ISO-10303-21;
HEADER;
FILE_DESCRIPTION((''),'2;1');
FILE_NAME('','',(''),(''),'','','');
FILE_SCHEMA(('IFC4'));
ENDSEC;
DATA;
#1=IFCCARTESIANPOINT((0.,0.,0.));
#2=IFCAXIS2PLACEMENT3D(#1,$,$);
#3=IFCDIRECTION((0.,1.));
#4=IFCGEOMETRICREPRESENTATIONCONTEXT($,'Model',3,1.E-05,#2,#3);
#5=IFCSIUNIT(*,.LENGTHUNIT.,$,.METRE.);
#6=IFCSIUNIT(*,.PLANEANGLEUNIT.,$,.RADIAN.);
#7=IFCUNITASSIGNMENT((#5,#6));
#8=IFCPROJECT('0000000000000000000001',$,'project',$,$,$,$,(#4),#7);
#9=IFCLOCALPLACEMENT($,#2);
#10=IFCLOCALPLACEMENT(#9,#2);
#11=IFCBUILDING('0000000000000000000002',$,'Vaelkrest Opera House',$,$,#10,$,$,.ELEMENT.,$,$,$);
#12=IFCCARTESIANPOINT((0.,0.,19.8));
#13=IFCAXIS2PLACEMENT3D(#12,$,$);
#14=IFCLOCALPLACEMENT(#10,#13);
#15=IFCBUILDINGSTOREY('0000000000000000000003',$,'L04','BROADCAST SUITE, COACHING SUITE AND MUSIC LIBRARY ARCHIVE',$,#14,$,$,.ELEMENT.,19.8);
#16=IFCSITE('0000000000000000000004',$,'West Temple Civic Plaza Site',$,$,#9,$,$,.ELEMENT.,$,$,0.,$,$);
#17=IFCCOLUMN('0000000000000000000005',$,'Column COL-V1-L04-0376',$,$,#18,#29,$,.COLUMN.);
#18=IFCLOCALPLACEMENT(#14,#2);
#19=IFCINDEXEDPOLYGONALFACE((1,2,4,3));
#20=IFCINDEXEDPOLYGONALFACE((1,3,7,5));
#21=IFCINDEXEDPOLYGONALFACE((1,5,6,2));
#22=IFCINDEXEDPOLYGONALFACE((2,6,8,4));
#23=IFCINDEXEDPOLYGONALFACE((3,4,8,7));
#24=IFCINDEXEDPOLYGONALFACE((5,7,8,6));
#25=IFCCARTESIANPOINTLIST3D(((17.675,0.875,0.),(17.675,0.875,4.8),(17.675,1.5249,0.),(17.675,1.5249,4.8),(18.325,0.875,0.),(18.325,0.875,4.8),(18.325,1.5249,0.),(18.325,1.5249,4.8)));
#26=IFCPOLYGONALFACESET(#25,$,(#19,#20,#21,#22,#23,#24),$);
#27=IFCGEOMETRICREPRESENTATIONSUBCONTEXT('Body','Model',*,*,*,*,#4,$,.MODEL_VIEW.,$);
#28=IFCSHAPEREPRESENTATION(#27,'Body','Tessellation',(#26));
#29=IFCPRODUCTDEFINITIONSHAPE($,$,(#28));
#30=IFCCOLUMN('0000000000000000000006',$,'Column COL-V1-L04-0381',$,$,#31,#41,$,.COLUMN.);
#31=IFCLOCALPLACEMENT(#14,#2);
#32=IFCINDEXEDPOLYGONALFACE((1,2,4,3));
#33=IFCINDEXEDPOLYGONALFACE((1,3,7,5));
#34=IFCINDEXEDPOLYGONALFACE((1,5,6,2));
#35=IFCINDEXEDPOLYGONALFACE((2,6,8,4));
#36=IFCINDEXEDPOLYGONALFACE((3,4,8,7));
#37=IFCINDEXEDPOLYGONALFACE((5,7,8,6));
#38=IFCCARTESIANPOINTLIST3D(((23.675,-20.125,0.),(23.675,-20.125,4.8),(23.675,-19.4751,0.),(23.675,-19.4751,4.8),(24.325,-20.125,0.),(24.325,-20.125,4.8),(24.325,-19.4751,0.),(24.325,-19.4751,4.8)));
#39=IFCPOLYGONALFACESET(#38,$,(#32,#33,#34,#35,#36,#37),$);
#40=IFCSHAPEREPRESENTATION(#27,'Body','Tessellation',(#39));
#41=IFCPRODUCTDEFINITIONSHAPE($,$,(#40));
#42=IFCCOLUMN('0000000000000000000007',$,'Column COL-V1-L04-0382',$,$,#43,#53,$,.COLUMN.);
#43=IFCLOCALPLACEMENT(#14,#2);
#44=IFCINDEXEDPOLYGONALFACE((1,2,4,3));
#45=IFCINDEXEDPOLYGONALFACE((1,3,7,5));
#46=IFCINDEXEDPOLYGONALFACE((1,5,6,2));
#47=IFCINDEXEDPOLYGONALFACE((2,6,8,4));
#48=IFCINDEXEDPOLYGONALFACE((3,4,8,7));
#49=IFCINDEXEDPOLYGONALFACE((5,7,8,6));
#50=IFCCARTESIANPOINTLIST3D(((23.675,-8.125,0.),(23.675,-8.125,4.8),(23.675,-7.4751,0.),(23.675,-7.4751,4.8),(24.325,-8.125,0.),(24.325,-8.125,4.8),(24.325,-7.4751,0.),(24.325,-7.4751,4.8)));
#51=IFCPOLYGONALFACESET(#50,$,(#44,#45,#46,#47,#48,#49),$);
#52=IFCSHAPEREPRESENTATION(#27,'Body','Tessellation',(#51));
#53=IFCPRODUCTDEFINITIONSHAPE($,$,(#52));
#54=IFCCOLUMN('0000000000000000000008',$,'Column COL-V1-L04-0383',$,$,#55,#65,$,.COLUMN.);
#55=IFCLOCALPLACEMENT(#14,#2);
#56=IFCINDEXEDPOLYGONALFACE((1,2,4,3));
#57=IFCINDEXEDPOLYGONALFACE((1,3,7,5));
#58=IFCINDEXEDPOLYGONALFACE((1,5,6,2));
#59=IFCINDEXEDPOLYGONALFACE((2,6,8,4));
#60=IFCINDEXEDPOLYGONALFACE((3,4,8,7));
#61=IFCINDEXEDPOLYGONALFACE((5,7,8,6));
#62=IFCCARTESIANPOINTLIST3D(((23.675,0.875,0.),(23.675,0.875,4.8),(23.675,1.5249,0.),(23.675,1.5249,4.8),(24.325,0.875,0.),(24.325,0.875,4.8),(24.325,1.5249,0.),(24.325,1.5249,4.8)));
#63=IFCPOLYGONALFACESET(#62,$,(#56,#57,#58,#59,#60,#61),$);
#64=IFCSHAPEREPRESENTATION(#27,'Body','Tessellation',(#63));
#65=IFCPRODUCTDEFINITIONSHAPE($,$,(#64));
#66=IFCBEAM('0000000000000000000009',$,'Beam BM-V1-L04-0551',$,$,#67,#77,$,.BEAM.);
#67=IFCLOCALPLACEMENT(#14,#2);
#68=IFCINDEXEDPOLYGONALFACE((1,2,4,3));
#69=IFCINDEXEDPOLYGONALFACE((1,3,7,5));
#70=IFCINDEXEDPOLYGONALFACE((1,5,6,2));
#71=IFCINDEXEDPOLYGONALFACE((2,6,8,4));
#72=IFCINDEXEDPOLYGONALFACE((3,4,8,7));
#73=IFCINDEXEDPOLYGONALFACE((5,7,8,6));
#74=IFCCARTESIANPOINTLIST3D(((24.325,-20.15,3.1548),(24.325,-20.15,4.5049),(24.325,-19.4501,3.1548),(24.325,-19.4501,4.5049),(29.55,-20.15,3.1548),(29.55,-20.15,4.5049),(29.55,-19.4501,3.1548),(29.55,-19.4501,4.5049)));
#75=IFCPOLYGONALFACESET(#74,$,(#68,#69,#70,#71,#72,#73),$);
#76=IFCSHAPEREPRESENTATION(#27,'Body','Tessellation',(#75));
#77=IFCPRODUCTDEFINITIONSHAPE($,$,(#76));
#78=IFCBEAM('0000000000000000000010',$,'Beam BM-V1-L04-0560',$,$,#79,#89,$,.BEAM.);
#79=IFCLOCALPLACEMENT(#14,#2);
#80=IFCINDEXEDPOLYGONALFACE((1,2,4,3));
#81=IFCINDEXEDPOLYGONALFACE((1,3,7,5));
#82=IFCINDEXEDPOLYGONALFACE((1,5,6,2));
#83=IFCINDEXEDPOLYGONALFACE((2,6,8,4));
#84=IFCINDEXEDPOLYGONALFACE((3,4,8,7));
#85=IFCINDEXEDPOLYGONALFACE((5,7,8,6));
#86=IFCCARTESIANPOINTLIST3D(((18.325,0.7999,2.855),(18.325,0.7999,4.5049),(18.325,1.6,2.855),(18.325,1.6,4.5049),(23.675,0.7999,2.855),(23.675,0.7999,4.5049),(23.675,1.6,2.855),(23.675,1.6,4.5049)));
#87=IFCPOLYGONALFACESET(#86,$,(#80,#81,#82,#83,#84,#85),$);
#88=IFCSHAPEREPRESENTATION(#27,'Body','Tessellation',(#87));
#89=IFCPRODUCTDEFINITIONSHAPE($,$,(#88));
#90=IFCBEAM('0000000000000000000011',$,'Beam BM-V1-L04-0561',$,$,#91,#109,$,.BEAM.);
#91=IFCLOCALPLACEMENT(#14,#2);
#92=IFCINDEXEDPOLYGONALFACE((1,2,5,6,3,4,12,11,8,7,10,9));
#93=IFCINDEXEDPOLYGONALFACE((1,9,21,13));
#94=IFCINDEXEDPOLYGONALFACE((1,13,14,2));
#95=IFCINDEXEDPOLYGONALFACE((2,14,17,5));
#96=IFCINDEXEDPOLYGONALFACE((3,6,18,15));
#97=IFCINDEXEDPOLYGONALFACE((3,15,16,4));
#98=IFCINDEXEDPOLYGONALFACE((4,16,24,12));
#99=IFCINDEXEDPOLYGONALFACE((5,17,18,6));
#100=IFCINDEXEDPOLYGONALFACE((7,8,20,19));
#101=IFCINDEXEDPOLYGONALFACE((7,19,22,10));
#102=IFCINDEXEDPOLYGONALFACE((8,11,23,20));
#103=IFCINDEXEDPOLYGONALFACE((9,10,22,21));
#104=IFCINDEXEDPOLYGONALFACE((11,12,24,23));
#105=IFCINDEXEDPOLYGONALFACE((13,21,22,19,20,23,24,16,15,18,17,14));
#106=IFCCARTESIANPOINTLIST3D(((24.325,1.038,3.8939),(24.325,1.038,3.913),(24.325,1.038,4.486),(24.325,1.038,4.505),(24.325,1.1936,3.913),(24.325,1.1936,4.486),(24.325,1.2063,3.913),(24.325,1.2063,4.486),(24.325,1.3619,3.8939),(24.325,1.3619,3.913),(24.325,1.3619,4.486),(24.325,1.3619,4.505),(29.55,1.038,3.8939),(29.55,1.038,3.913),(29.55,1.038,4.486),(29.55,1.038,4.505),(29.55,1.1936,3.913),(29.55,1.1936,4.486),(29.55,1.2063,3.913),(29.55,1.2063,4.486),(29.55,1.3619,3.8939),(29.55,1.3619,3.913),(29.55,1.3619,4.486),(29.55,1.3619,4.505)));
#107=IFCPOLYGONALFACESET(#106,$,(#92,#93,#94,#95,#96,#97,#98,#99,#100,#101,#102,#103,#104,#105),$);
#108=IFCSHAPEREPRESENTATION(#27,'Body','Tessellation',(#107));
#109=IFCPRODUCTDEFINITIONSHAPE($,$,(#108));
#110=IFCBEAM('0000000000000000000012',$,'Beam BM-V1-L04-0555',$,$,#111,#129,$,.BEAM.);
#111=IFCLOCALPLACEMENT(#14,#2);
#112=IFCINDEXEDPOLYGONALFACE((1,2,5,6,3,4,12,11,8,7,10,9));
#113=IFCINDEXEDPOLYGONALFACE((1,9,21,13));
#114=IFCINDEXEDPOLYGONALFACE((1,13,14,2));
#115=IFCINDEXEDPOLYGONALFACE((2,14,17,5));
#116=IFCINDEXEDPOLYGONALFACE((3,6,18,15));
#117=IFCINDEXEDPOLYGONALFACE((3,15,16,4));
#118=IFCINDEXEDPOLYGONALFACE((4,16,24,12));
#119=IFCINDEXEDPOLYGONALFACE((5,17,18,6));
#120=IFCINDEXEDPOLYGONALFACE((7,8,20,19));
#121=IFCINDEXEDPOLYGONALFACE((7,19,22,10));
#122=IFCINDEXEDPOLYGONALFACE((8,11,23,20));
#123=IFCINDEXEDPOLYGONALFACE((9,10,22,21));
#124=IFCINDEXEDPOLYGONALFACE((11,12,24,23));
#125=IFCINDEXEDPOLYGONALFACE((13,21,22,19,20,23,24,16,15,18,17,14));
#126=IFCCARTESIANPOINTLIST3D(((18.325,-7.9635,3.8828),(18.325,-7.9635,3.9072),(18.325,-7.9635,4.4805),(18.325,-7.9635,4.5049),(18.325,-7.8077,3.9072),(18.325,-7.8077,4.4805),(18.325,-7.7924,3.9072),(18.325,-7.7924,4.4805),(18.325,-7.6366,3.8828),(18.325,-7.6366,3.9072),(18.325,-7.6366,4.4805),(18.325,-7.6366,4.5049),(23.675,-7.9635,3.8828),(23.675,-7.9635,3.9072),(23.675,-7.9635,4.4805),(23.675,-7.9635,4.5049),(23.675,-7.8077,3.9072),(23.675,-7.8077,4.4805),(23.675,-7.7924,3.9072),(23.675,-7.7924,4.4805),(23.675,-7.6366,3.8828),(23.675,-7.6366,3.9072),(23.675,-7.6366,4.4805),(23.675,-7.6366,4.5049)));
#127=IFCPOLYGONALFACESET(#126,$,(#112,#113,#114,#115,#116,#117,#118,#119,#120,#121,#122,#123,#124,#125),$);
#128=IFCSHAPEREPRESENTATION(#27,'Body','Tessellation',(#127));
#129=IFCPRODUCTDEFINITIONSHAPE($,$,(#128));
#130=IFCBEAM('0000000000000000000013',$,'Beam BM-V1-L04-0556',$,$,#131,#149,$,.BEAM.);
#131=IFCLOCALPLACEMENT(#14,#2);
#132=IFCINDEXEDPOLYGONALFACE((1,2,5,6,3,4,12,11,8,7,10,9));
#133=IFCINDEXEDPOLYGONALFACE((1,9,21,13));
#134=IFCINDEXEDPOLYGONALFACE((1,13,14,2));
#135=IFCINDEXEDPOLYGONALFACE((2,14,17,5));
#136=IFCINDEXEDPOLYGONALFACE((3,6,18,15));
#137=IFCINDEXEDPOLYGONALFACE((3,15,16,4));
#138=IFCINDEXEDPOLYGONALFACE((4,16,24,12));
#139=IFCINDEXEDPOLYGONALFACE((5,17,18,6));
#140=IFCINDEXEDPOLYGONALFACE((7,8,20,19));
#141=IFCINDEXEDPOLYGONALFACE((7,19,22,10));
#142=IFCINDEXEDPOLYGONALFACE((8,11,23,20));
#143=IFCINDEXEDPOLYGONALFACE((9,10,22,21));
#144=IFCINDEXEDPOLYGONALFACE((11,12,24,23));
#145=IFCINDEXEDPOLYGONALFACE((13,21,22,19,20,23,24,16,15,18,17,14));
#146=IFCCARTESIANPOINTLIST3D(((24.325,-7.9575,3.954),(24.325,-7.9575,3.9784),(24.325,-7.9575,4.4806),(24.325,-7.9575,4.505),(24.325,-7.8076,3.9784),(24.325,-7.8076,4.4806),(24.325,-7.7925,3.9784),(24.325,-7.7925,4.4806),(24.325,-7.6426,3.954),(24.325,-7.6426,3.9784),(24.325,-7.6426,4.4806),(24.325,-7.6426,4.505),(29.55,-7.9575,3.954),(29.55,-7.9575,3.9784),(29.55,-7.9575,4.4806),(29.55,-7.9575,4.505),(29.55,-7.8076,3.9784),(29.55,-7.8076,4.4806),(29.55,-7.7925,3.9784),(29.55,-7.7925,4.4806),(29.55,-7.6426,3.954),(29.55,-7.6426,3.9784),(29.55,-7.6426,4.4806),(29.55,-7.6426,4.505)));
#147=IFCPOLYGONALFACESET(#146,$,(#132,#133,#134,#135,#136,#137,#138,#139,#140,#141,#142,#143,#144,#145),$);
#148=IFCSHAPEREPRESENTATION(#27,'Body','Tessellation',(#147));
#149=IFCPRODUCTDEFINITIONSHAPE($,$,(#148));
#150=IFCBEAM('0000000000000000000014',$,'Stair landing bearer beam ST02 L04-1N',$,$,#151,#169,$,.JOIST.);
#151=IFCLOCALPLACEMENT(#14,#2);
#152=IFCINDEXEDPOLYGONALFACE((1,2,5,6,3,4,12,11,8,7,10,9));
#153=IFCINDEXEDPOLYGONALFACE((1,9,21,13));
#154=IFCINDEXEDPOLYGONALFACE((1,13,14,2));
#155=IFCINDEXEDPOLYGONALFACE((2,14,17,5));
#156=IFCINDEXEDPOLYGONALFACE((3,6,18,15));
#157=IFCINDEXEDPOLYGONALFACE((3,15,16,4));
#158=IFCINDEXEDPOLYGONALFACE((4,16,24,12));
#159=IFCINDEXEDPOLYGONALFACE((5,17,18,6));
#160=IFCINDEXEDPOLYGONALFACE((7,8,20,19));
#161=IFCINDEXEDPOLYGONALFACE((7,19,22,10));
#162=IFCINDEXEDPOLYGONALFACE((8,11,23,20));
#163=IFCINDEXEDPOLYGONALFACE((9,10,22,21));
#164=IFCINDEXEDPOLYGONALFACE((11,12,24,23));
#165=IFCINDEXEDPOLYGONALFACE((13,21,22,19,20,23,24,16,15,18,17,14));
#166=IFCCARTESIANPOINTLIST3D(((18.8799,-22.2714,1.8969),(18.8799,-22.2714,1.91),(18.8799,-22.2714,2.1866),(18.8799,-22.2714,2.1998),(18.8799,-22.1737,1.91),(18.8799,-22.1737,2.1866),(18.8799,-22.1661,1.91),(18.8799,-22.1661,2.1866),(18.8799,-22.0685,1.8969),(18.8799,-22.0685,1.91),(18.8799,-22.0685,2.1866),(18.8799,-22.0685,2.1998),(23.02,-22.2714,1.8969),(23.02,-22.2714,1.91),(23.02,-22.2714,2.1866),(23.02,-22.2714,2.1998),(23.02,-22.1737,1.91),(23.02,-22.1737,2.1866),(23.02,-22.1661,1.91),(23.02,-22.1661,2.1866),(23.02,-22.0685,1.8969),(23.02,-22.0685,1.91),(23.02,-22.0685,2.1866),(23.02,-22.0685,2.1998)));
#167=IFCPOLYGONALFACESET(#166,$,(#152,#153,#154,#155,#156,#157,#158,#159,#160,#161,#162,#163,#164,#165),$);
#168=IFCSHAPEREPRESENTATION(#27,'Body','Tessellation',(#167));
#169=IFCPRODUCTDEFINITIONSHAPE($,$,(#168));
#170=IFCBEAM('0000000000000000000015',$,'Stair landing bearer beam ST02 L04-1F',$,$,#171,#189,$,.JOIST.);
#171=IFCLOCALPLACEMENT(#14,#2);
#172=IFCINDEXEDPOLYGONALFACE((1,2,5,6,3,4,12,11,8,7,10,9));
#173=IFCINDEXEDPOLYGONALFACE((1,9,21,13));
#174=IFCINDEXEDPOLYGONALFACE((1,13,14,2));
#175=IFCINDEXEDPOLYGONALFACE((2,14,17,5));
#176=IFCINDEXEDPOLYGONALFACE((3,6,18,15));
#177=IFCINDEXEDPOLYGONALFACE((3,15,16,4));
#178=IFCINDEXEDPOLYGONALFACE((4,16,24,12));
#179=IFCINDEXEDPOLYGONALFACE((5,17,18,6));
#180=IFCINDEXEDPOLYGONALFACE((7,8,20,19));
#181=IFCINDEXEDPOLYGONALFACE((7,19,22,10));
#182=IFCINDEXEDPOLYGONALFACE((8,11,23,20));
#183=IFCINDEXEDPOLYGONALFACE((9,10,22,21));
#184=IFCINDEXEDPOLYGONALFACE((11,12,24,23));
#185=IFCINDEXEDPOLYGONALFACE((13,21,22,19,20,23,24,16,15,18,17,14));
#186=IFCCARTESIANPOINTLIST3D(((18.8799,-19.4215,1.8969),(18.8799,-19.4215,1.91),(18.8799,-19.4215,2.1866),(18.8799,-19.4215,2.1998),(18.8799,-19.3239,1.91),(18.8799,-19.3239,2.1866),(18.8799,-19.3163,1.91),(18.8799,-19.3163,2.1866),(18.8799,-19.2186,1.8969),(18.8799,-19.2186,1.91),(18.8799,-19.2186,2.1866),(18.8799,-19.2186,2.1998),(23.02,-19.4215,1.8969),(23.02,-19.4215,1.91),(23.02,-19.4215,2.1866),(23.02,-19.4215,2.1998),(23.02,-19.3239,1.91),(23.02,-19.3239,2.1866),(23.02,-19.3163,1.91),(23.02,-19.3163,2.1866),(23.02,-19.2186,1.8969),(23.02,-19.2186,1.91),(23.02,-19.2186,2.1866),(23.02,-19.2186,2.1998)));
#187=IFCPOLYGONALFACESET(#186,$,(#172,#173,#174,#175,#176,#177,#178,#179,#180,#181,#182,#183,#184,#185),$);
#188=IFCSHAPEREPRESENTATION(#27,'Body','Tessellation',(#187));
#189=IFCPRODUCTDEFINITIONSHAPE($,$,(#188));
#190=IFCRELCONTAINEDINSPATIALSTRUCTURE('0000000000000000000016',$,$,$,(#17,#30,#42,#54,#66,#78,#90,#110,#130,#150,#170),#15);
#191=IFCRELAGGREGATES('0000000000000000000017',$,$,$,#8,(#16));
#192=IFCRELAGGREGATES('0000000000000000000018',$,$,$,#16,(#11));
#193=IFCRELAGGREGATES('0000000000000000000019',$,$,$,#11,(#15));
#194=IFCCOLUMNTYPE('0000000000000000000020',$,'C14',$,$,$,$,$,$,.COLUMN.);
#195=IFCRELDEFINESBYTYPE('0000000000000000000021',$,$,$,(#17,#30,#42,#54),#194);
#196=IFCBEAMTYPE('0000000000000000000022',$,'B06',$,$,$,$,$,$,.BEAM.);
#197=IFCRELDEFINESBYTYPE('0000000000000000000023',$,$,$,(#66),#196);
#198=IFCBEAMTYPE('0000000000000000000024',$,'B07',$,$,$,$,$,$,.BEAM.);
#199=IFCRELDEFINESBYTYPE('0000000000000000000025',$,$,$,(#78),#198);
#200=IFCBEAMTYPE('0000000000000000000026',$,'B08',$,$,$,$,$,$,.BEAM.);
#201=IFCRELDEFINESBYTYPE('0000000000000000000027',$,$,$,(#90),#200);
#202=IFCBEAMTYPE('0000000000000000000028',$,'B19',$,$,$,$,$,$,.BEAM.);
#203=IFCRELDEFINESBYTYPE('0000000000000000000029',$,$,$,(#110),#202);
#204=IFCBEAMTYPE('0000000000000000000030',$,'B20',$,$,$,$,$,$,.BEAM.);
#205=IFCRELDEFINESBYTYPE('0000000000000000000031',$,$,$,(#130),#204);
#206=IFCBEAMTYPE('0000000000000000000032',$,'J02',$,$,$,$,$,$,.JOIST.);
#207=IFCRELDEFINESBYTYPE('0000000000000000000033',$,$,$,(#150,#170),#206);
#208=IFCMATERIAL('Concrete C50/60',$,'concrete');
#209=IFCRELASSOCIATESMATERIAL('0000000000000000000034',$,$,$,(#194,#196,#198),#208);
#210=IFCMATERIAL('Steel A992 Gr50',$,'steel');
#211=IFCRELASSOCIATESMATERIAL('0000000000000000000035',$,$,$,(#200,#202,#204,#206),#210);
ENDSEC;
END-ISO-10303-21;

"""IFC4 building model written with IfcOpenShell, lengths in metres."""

from ifc_helpers import new_model, si_unit, direction, frame, origin, origin_2d, place, context, subcontext, project, spatial, rectangle, i_section, extrude, material, material_profile, profile_set, type_object, element, save


model = new_model("IFC4")

# Units and contexts
model_context = context("Model", 3, precision=1e-05, world=origin(), true_north=direction((0.0, 1.0)))
body_context = subcontext(model_context, "Body", "Model", "MODEL_VIEW")
ifc_project = project(units=[si_unit("LENGTHUNIT", "METRE"), si_unit("PLANEANGLEUNIT", "RADIAN")], contexts=[model_context])

# Site, building, storey
site_placement = place(None, origin())
site = spatial("IfcSite", under=ifc_project, at=site_placement, Name="West Temple Civic Plaza Site", CompositionType="ELEMENT", RefElevation=0.0)
building_placement = place(site_placement, origin())
building = spatial("IfcBuilding", under=site, at=building_placement, Name="Vaelkrest Opera House", CompositionType="ELEMENT")
storey_placement = place(building_placement, frame((0.0, 0.0, 19.8)))
storey = spatial("IfcBuildingStorey", under=building, at=storey_placement, Name="L04", Description="BROADCAST SUITE, COACHING SUITE AND MUSIC LIBRARY ARCHIVE", CompositionType="ELEMENT", Elevation=19.8)

# Columns
ifc_material_1 = material(Name="Concrete C50/60", Category="concrete")
ifc_material_profile_1 = material_profile(ifc_material_1, rectangle(XDim=0.6499, YDim=0.6499, at=origin_2d()), Name="RC650X650")
ifc_profile_set_1 = profile_set([ifc_material_profile_1], Name="Concrete C50/60")
column_type = type_object("IfcColumnType", Name="C14", PredefinedType="COLUMN", material=ifc_profile_set_1)
for number, where, z_axis, x_axis, name in (
    (1, (18.0, 1.2, 0.0), (0.0, 0.0, 1.0), (1.0, 0.0, 0.0), "Column COL-V1-L04-0376"),
    (2, (24.0, -19.8, 0.0), (0.0, 0.0, 1.0), (1.0, 0.0, 0.0), "Column COL-V1-L04-0381"),
    (3, (24.0, -7.8, 0.0), (0.0, 0.0, 1.0), (1.0, 0.0, 0.0), "Column COL-V1-L04-0382"),
    (4, (24.0, 1.2, 0.0), (0.0, 0.0, 1.0), (1.0, 0.0, 0.0), "Column COL-V1-L04-0383"),
):
    element("IfcColumn", number, at=place(storey_placement, frame(where, z_axis=z_axis, x_axis=x_axis)), inside=storey, type_object=column_type, Name=name, PredefinedType="COLUMN", context=body_context, shape_type="SweptSolid", body=[
        extrude(rectangle(XDim=0.6499, YDim=0.6499, at=origin_2d()), origin(), (0.0, 0.0, 1.0), 4.8),
    ])

# Beams
ifc_material_profile_2 = material_profile(ifc_material_1, rectangle(XDim=0.7, YDim=1.3501, at=origin_2d()), Name="RCB700X1350")
ifc_profile_set_2 = profile_set([ifc_material_profile_2], Name="Concrete C50/60")
beam_type_1 = type_object("IfcBeamType", Name="B06", PredefinedType="BEAM", material=ifc_profile_set_2)
beam_1_placement = place(storey_placement, frame((24.325, -19.8, 3.8298), z_axis=(1.0, 0.0, 0.0), x_axis=(0.0, 1.0, 0.0)))
element("IfcBeam", 5, at=beam_1_placement, inside=storey, type_object=beam_type_1, Name="Beam BM-V1-L04-0551", PredefinedType="BEAM", context=body_context, shape_type="SweptSolid", body=[
    extrude(rectangle(XDim=0.7, YDim=1.3501, at=origin_2d()), origin(), (0.0, 0.0, 1.0), 5.2251),
])
ifc_material_profile_3 = material_profile(ifc_material_1, rectangle(XDim=0.8, YDim=1.6499, at=origin_2d()), Name="RCB800X1650")
ifc_profile_set_3 = profile_set([ifc_material_profile_3], Name="Concrete C50/60")
beam_type_2 = type_object("IfcBeamType", Name="B07", PredefinedType="BEAM", material=ifc_profile_set_3)
beam_2_placement = place(storey_placement, frame((18.325, 1.2, 3.6799), z_axis=(1.0, 0.0, 0.0), x_axis=(0.0, 1.0, 0.0)))
element("IfcBeam", 6, at=beam_2_placement, inside=storey, type_object=beam_type_2, Name="Beam BM-V1-L04-0560", PredefinedType="BEAM", context=body_context, shape_type="SweptSolid", body=[
    extrude(rectangle(XDim=0.8, YDim=1.6499, at=origin_2d()), origin(), (0.0, 0.0, 1.0), 5.3501),
])
ifc_material_2 = material(Name="Steel A992 Gr50", Category="steel")
ifc_material_profile_4 = material_profile(ifc_material_2, i_section(OverallWidth=0.324, OverallDepth=0.6111, WebThickness=0.0127, FlangeThickness=0.019, at=origin_2d()), Name="W24X104")
ifc_profile_set_4 = profile_set([ifc_material_profile_4], Name="Steel A992 Gr50")
beam_type_3 = type_object("IfcBeamType", Name="B08", PredefinedType="BEAM", material=ifc_profile_set_4)
beam_3_placement = place(storey_placement, frame((24.325, 1.2, 4.1995), z_axis=(1.0, 0.0, 0.0), x_axis=(0.0, 1.0, 0.0)))
element("IfcBeam", 7, at=beam_3_placement, inside=storey, type_object=beam_type_3, Name="Beam BM-V1-L04-0561", PredefinedType="BEAM", context=body_context, shape_type="SweptSolid", body=[
    extrude(i_section(OverallWidth=0.324, OverallDepth=0.6111, WebThickness=0.0127, FlangeThickness=0.019, at=origin_2d()), origin(), (0.0, 0.0, 1.0), 5.2251),
])
ifc_material_profile_5 = material_profile(ifc_material_2, i_section(OverallWidth=0.3269, OverallDepth=0.6221, WebThickness=0.0154, FlangeThickness=0.0244, at=origin_2d()), Name="W24X131")
ifc_profile_set_5 = profile_set([ifc_material_profile_5], Name="Steel A992 Gr50")
beam_type_4 = type_object("IfcBeamType", Name="B19", PredefinedType="BEAM", material=ifc_profile_set_5)
beam_4_placement = place(storey_placement, frame((18.325, -7.8, 4.1938), z_axis=(1.0, 0.0, 0.0), x_axis=(0.0, 1.0, 0.0)))
element("IfcBeam", 8, at=beam_4_placement, inside=storey, type_object=beam_type_4, Name="Beam BM-V1-L04-0555", PredefinedType="BEAM", context=body_context, shape_type="SweptSolid", body=[
    extrude(i_section(OverallWidth=0.3269, OverallDepth=0.6221, WebThickness=0.0154, FlangeThickness=0.0244, at=origin_2d()), origin(), (0.0, 0.0, 1.0), 5.3501),
])
ifc_material_profile_6 = material_profile(ifc_material_2, i_section(OverallWidth=0.3149, OverallDepth=0.551, WebThickness=0.0151, FlangeThickness=0.0244, at=origin_2d()), Name="W21X122")
ifc_profile_set_6 = profile_set([ifc_material_profile_6], Name="Steel A992 Gr50")
beam_type_5 = type_object("IfcBeamType", Name="B20", PredefinedType="BEAM", material=ifc_profile_set_6)
beam_5_placement = place(storey_placement, frame((24.325, -7.8, 4.2295), z_axis=(1.0, 0.0, 0.0), x_axis=(0.0, 1.0, 0.0)))
element("IfcBeam", 9, at=beam_5_placement, inside=storey, type_object=beam_type_5, Name="Beam BM-V1-L04-0556", PredefinedType="BEAM", context=body_context, shape_type="SweptSolid", body=[
    extrude(i_section(OverallWidth=0.3149, OverallDepth=0.551, WebThickness=0.0151, FlangeThickness=0.0244, at=origin_2d()), origin(), (0.0, 0.0, 1.0), 5.2251),
])
ifc_material_profile_7 = material_profile(ifc_material_2, i_section(OverallWidth=0.2029, OverallDepth=0.303, WebThickness=0.0076, FlangeThickness=0.0132, at=origin_2d()), Name="W12X40")
ifc_profile_set_7 = profile_set([ifc_material_profile_7], Name="Steel A992 Gr50")
beam_type_6 = type_object("IfcBeamType", Name="J02", PredefinedType="JOIST", material=ifc_profile_set_7)
for number, where, z_axis, x_axis, name in (
    (10, (18.8799, -22.1699, 2.0483), (1.0, 0.0, 0.0), (0.0, 1.0, 0.0), "Stair landing bearer beam ST02 L04-1N"),
    (11, (18.8799, -19.3201, 2.0483), (1.0, 0.0, 0.0), (0.0, 1.0, 0.0), "Stair landing bearer beam ST02 L04-1F"),
):
    element("IfcBeam", number, at=place(storey_placement, frame(where, z_axis=z_axis, x_axis=x_axis)), inside=storey, type_object=beam_type_6, Name=name, PredefinedType="JOIST", context=body_context, shape_type="SweptSolid", body=[
        extrude(i_section(OverallWidth=0.2029, OverallDepth=0.303, WebThickness=0.0076, FlangeThickness=0.0132, at=origin_2d()), origin(), (0.0, 0.0, 1.0), 4.1401),
    ])

save(model, "model.ifc")
